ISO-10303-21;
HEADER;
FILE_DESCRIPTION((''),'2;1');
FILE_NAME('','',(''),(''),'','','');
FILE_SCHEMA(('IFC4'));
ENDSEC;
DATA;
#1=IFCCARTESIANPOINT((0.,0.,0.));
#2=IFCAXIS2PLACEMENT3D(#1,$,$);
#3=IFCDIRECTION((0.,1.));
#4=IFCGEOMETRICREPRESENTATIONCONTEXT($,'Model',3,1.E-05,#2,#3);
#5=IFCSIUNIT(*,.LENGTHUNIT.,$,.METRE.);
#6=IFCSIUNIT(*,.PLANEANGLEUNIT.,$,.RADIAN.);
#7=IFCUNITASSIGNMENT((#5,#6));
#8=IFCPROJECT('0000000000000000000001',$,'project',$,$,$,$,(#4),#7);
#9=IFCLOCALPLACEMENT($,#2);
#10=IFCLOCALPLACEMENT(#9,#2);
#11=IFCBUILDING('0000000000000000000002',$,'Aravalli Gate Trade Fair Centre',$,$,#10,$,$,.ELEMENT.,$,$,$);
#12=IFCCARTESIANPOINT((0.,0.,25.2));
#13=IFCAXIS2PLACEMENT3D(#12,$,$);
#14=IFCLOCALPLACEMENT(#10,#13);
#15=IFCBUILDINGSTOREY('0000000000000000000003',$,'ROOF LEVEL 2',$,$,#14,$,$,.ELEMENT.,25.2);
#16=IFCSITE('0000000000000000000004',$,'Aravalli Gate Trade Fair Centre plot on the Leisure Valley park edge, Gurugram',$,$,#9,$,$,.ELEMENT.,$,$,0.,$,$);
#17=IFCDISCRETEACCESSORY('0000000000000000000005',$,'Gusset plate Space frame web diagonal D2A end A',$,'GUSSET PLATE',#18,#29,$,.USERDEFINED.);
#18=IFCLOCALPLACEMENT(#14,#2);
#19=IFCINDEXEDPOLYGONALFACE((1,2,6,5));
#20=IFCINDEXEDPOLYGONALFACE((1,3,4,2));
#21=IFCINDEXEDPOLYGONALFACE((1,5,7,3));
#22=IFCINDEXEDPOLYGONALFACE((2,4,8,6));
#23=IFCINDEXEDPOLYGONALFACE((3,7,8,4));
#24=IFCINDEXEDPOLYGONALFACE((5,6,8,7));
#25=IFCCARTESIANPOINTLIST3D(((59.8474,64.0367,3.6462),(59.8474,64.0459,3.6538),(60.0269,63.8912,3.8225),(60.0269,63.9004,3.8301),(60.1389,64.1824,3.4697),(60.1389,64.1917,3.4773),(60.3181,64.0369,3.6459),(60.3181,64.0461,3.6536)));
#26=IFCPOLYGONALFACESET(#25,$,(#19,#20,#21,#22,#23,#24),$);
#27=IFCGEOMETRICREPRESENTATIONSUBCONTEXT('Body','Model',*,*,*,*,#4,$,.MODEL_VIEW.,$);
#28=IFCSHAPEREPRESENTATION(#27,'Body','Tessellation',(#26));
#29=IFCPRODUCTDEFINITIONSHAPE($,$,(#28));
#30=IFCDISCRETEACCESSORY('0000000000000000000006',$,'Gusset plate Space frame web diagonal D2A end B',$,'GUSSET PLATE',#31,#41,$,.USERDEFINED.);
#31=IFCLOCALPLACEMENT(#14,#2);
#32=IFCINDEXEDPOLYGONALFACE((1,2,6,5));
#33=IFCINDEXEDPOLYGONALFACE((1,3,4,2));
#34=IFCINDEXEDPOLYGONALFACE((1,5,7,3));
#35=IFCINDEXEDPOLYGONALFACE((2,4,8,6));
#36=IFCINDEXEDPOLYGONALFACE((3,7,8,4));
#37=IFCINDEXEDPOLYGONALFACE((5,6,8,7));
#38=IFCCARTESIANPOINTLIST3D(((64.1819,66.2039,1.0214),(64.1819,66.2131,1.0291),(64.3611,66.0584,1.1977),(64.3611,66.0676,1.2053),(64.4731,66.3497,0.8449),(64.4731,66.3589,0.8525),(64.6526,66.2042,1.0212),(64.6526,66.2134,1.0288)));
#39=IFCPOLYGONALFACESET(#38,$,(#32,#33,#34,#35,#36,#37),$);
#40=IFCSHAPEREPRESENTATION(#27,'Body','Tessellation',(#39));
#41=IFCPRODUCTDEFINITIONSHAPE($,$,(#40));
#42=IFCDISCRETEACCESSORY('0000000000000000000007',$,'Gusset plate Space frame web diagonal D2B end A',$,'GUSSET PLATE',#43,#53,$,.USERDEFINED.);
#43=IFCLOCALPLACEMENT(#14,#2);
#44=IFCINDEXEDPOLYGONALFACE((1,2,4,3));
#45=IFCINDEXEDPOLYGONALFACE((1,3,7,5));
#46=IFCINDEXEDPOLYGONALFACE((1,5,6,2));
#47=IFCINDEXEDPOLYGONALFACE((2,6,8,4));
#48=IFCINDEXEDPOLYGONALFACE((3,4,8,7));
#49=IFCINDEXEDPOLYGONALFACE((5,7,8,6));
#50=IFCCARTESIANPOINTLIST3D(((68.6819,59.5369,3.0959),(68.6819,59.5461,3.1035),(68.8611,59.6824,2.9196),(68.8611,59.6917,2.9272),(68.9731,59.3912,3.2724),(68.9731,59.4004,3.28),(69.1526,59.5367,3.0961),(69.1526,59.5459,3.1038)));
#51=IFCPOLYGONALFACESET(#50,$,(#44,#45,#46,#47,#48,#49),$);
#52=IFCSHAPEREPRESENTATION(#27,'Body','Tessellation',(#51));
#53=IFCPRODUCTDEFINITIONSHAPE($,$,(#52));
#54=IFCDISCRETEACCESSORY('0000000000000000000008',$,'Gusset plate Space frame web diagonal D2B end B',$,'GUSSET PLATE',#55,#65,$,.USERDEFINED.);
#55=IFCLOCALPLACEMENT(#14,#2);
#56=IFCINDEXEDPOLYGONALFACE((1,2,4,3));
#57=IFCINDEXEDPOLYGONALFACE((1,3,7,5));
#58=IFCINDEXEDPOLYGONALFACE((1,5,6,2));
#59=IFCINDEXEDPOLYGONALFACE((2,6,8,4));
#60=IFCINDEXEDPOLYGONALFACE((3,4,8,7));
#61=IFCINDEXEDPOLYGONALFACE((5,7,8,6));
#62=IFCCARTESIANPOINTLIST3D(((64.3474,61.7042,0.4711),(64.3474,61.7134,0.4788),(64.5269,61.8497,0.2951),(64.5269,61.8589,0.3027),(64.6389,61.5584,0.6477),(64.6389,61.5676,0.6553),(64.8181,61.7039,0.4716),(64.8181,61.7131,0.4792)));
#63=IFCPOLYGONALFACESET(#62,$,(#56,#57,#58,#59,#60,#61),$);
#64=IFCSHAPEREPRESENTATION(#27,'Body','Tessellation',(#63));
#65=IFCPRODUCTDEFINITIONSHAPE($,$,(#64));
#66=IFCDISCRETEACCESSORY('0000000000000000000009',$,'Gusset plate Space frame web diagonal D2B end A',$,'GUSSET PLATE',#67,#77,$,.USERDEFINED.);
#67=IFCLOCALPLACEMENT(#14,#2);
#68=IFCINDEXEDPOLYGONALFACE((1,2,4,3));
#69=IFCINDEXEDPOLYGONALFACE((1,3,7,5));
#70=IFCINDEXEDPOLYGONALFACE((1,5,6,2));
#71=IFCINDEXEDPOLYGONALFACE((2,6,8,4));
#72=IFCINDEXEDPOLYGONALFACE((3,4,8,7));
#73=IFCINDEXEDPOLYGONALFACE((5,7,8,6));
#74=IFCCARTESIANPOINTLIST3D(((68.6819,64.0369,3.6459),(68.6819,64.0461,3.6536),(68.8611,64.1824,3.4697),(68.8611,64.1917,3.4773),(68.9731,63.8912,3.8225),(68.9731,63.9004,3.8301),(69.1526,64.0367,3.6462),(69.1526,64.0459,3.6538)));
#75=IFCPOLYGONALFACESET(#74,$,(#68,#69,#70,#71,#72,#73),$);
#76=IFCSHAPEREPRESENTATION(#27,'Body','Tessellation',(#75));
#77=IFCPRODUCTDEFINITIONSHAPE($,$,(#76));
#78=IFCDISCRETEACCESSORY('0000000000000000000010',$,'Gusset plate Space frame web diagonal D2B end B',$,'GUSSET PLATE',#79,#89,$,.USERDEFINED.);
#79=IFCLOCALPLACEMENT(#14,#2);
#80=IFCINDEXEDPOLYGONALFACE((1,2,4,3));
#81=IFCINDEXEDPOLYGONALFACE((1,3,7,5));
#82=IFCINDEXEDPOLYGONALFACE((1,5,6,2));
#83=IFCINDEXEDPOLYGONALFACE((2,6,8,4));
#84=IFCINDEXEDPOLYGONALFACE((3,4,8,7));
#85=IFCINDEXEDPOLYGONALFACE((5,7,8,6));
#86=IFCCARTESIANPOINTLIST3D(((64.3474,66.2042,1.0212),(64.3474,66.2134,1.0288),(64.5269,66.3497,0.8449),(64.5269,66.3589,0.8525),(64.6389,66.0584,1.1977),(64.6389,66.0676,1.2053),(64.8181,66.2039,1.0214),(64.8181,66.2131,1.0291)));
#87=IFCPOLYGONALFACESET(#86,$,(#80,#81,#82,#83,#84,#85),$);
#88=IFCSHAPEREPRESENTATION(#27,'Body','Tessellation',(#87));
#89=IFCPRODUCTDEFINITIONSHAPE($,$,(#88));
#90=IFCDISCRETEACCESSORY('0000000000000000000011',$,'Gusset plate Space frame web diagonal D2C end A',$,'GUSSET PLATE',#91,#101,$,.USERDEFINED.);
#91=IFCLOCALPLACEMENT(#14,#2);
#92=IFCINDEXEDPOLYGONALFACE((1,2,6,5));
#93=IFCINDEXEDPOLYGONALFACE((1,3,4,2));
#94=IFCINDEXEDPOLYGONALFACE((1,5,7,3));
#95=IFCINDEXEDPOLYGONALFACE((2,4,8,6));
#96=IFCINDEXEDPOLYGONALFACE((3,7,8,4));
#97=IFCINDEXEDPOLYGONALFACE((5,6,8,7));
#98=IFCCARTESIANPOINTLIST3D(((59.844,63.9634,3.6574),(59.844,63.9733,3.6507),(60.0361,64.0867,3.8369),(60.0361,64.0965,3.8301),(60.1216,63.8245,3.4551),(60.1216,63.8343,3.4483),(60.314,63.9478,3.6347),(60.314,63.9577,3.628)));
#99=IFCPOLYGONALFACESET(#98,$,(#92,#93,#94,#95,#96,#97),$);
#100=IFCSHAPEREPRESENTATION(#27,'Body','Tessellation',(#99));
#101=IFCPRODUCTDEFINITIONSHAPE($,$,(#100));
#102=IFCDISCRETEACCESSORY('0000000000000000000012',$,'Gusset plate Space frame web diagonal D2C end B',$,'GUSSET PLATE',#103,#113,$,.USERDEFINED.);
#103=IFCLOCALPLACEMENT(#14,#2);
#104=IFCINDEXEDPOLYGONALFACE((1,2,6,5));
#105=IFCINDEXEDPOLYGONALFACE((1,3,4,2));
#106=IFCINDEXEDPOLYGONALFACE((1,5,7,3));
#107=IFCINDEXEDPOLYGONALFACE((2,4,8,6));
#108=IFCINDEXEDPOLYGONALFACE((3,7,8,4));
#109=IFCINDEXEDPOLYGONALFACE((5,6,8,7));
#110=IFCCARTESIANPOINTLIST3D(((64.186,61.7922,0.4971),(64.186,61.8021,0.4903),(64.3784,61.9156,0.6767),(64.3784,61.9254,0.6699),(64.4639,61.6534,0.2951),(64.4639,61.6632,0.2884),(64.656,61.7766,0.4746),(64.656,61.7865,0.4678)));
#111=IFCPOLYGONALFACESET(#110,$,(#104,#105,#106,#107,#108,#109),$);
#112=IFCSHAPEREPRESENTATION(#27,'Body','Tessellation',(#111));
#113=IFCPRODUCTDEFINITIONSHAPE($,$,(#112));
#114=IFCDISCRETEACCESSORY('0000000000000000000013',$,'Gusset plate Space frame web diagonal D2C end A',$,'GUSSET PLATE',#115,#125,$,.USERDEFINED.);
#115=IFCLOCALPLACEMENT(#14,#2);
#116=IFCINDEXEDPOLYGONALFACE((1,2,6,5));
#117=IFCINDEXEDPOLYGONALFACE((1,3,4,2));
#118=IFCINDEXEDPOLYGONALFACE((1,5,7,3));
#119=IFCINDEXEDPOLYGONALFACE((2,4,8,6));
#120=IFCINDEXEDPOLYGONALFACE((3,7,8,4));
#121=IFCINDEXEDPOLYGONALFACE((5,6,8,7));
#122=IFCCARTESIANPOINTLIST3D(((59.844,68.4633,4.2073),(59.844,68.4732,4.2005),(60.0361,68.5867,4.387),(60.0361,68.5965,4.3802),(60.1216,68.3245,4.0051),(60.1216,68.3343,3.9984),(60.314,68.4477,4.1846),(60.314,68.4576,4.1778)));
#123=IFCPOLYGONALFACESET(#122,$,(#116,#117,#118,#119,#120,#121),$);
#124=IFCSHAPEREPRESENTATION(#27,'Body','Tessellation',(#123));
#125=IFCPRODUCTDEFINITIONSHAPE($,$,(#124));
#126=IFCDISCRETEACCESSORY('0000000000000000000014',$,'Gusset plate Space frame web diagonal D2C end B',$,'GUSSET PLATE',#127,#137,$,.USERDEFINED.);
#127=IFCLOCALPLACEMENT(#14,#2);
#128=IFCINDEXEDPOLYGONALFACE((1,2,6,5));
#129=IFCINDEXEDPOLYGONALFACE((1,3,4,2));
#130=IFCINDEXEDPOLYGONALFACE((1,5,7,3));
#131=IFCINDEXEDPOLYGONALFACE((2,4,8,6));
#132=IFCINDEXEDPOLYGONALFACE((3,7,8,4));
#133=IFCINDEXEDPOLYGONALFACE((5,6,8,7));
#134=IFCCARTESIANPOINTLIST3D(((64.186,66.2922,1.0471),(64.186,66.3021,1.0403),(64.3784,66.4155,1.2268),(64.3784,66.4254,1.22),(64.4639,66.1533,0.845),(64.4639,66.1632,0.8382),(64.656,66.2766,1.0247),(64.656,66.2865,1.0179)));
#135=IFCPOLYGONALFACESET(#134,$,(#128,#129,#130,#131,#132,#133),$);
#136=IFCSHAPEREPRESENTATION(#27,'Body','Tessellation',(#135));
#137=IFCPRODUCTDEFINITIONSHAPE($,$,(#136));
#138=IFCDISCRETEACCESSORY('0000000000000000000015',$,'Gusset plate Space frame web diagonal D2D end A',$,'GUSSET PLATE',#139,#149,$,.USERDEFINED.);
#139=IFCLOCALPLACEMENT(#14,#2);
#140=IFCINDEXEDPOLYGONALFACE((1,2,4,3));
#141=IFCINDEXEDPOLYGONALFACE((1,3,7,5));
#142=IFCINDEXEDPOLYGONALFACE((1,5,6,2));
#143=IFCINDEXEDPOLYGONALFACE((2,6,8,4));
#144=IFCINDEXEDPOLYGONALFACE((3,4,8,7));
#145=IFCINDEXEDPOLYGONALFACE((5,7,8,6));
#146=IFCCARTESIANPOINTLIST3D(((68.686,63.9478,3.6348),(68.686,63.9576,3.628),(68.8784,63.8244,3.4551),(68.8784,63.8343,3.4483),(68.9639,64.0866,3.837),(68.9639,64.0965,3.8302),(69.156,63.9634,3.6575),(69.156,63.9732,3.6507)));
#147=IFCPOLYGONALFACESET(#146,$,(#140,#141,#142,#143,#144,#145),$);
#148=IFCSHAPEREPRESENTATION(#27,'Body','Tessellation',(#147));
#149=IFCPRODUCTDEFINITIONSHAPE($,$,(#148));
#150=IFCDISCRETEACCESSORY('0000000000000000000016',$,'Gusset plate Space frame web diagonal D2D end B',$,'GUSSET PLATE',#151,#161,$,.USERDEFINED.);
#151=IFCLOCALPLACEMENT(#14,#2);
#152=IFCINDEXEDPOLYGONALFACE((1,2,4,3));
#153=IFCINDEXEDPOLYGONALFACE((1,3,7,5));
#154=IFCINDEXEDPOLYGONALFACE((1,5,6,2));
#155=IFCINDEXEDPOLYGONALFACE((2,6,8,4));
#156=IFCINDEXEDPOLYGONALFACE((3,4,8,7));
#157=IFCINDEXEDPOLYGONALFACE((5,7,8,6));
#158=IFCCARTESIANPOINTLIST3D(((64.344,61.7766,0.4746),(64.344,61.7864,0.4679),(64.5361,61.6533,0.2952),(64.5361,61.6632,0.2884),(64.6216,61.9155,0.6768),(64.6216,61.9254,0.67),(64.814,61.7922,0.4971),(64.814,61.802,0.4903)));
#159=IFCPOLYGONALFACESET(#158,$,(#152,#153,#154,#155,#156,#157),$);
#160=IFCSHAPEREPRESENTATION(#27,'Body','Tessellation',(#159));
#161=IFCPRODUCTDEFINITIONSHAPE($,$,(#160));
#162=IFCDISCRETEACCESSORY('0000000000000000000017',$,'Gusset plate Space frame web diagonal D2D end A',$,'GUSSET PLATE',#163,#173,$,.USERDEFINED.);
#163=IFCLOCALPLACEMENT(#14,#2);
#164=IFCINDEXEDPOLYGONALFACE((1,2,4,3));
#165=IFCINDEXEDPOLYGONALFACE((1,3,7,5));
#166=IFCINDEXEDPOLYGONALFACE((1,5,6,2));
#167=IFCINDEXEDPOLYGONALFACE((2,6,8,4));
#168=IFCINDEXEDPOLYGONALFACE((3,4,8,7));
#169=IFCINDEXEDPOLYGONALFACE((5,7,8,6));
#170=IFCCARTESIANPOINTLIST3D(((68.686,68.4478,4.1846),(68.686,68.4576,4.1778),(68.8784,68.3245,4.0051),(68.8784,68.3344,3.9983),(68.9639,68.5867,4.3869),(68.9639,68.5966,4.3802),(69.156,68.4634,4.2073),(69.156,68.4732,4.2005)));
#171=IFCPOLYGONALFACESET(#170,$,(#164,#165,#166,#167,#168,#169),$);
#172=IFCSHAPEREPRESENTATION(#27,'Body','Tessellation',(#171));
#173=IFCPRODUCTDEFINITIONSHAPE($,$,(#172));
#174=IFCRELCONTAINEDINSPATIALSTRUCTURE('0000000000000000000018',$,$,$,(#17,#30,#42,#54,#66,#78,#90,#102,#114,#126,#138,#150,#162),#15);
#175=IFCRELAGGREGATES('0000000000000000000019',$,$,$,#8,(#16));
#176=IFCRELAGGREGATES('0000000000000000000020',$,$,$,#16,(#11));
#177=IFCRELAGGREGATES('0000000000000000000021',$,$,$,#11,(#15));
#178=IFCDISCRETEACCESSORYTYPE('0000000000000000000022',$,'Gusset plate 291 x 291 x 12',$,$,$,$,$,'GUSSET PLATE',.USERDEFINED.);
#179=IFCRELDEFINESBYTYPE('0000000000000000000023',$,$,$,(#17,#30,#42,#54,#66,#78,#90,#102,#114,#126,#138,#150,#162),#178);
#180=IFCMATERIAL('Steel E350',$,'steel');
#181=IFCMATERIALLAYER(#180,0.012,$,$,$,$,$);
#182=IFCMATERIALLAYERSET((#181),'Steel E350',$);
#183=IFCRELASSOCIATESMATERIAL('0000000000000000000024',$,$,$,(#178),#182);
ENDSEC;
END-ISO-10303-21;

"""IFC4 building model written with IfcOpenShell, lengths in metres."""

from ifc_helpers import new_model, si_unit, direction, frame, origin, place, context, subcontext, project, spatial, polyline, outline, extrude, material, layer, layer_set, type_object, element, save


model = new_model("IFC4")

# Units and contexts
model_context = context("Model", 3, precision=1e-05, world=origin(), true_north=direction((0.0, 1.0)))
body_context = subcontext(model_context, "Body", "Model", "MODEL_VIEW")
ifc_project = project(units=[si_unit("LENGTHUNIT", "METRE"), si_unit("PLANEANGLEUNIT", "RADIAN")], contexts=[model_context])

# Site, building, storey
site_placement = place(None, origin())
site = spatial("IfcSite", under=ifc_project, at=site_placement, Name="Aravalli Gate Trade Fair Centre plot on the Leisure Valley park edge, Gurugram", CompositionType="ELEMENT", RefElevation=0.0)
building_placement = place(site_placement, origin())
building = spatial("IfcBuilding", under=site, at=building_placement, Name="Aravalli Gate Trade Fair Centre", CompositionType="ELEMENT")
storey_placement = place(building_placement, frame((0.0, 0.0, 25.2)))
storey = spatial("IfcBuildingStorey", under=building, at=storey_placement, Name="ROOF LEVEL 2", CompositionType="ELEMENT", Elevation=25.2)

# Shared definitions
ifc_material = material(Name="Steel E350", Category="steel")

# Discrete accessories
ifc_layer = layer(ifc_material, 0.012)
ifc_layer_set = layer_set([ifc_layer], Name="Steel E350")
discrete_accessory_type = type_object("IfcDiscreteAccessoryType", Name="Gusset plate 291 x 291 x 12", ElementType="GUSSET PLATE", PredefinedType="USERDEFINED", material=ifc_layer_set)
discrete_accessory_1_placement = place(storey_placement, frame((60.1389, 64.1917, 3.4773), z_axis=(-0.00007, 0.771155, 0.636648), x_axis=(-0.786484, -0.393242, 0.476238)))
element("IfcDiscreteAccessory", 1, at=discrete_accessory_1_placement, inside=storey, type_object=discrete_accessory_type, Name="Gusset plate Space frame web diagonal D2A end A", ObjectType="GUSSET PLATE", PredefinedType="USERDEFINED", context=body_context, shape_type="SweptSolid", body=[
    extrude(outline(polyline([(0.0, 0.0), (0.3706, 0.0), (0.3707, 0.2906), (0.0002, 0.2904), (0.0, 0.0)])), origin(), (0.0, 0.0, -1.0), 0.012),
])
discrete_accessory_2_placement = place(storey_placement, frame((64.1819, 66.2131, 1.0291), z_axis=(-0.00007, 0.771155, 0.636648), x_axis=(0.786233, 0.393446, -0.476485)))
element("IfcDiscreteAccessory", 2, at=discrete_accessory_2_placement, inside=storey, type_object=discrete_accessory_type, Name="Gusset plate Space frame web diagonal D2A end B", ObjectType="GUSSET PLATE", PredefinedType="USERDEFINED", context=body_context, shape_type="SweptSolid", body=[
    extrude(outline(polyline([(0.0, 0.0), (0.3704, 0.0), (0.3703, -0.2906), (-0.0003, -0.2904), (0.0, 0.0)])), origin(), (0.0, 0.0, -1.0), 0.012),
])
discrete_accessory_3_placement = place(storey_placement, frame((68.6819, 59.5461, 3.1035), z_axis=(0.00007, 0.771155, 0.636648), x_axis=(0.786233, -0.393446, 0.476485)))
element("IfcDiscreteAccessory", 3, at=discrete_accessory_3_placement, inside=storey, type_object=discrete_accessory_type, Name="Gusset plate Space frame web diagonal D2B end A", ObjectType="GUSSET PLATE", PredefinedType="USERDEFINED", context=body_context, shape_type="SweptSolid", body=[
    extrude(outline(polyline([(0.0, 0.0), (0.3704, 0.0), (0.3703, 0.2906), (-0.0003, 0.2904), (0.0, 0.0)])), origin(), (0.0, 0.0, -1.0), 0.012),
])
discrete_accessory_4_placement = place(storey_placement, frame((64.6389, 61.5676, 0.6553), z_axis=(-0.000261, 0.770887, 0.636972), x_axis=(-0.786484, 0.393242, -0.476238)))
element("IfcDiscreteAccessory", 4, at=discrete_accessory_4_placement, inside=storey, type_object=discrete_accessory_type, Name="Gusset plate Space frame web diagonal D2B end B", ObjectType="GUSSET PLATE", PredefinedType="USERDEFINED", context=body_context, shape_type="SweptSolid", body=[
    extrude(outline(polyline([(0.0, 0.0), (0.3706, 0.0), (0.3706, -0.2904), (0.0001, -0.2903), (0.0, 0.0)])), origin(), (0.0, 0.0, -1.0), 0.012),
])
discrete_accessory_5_placement = place(storey_placement, frame((68.6819, 64.0461, 3.6536), z_axis=(0.00007, 0.771155, 0.636648), x_axis=(0.786233, -0.393446, 0.476485)))
element("IfcDiscreteAccessory", 5, at=discrete_accessory_5_placement, inside=storey, type_object=discrete_accessory_type, Name="Gusset plate Space frame web diagonal D2B end A", ObjectType="GUSSET PLATE", PredefinedType="USERDEFINED", context=body_context, shape_type="SweptSolid", body=[
    extrude(outline(polyline([(0.0, 0.0), (0.3704, 0.0), (0.3703, 0.2906), (-0.0003, 0.2904), (0.0, 0.0)])), origin(), (0.0, 0.0, -1.0), 0.012),
])
discrete_accessory_6_placement = place(storey_placement, frame((64.6389, 66.0676, 1.2053), z_axis=(0.00007, 0.771155, 0.636648), x_axis=(-0.786484, 0.393242, -0.476238)))
element("IfcDiscreteAccessory", 6, at=discrete_accessory_6_placement, inside=storey, type_object=discrete_accessory_type, Name="Gusset plate Space frame web diagonal D2B end B", ObjectType="GUSSET PLATE", PredefinedType="USERDEFINED", context=body_context, shape_type="SweptSolid", body=[
    extrude(outline(polyline([(0.0, 0.0), (0.3706, 0.0), (0.3707, -0.2906), (0.0002, -0.2904), (0.0, 0.0)])), origin(), (0.0, 0.0, -1.0), 0.012),
])
discrete_accessory_7_placement = place(storey_placement, frame((60.1216, 63.8245, 3.4551), z_axis=(-0.000059, -0.824356, 0.566072), x_axis=(-0.749102, 0.375034, 0.546073)))
element("IfcDiscreteAccessory", 7, at=discrete_accessory_7_placement, inside=storey, type_object=discrete_accessory_type, Name="Gusset plate Space frame web diagonal D2C end A", ObjectType="GUSSET PLATE", PredefinedType="USERDEFINED", context=body_context, shape_type="SweptSolid", body=[
    extrude(outline(polyline([(0.0, 0.0), (0.3706, 0.0), (0.3709, -0.2904), (0.0002, -0.2907), (0.0, 0.0)])), origin(), (0.0, 0.0, -1.0), 0.012),
])
discrete_accessory_8_placement = place(storey_placement, frame((64.186, 61.7922, 0.4971), z_axis=(-0.000339, -0.824216, 0.566276), x_axis=(0.749929, -0.374811, -0.545089)))
element("IfcDiscreteAccessory", 8, at=discrete_accessory_8_placement, inside=storey, type_object=discrete_accessory_type, Name="Gusset plate Space frame web diagonal D2C end B", ObjectType="GUSSET PLATE", PredefinedType="USERDEFINED", context=body_context, shape_type="SweptSolid", body=[
    extrude(outline(polyline([(0.0, 0.0), (0.3705, 0.0), (0.3705, 0.2904), (0.0001, 0.2907), (0.0, 0.0)])), origin(), (0.0, 0.0, -1.0), 0.012),
])
discrete_accessory_9_placement = place(storey_placement, frame((60.1216, 68.3245, 4.0051), z_axis=(-0.000059, -0.824356, 0.566072), x_axis=(-0.749371, 0.374861, 0.545822)))
element("IfcDiscreteAccessory", 9, at=discrete_accessory_9_placement, inside=storey, type_object=discrete_accessory_type, Name="Gusset plate Space frame web diagonal D2C end A", ObjectType="GUSSET PLATE", PredefinedType="USERDEFINED", context=body_context, shape_type="SweptSolid", body=[
    extrude(outline(polyline([(0.0, 0.0), (0.3704, 0.0), (0.3707, -0.2905), (0.0, -0.2905), (0.0, 0.0)])), origin(), (0.0, 0.0, -1.0), 0.012),
])
discrete_accessory_10_placement = place(storey_placement, frame((64.186, 66.2922, 1.0471), z_axis=(-0.000356, -0.824387, 0.566027), x_axis=(0.74966, -0.37483, -0.545447)))
element("IfcDiscreteAccessory", 10, at=discrete_accessory_10_placement, inside=storey, type_object=discrete_accessory_type, Name="Gusset plate Space frame web diagonal D2C end B", ObjectType="GUSSET PLATE", PredefinedType="USERDEFINED", context=body_context, shape_type="SweptSolid", body=[
    extrude(outline(polyline([(0.0, 0.0), (0.3706, 0.0), (0.3704, 0.2905), (0.0, 0.2907), (0.0, 0.0)])), origin(), (0.0, 0.0, -1.0), 0.012),
])
discrete_accessory_11_placement = place(storey_placement, frame((68.686, 63.9478, 3.6348), z_axis=(0.000059, -0.824356, 0.566072), x_axis=(0.74966, 0.374676, 0.545552)))
element("IfcDiscreteAccessory", 11, at=discrete_accessory_11_placement, inside=storey, type_object=discrete_accessory_type, Name="Gusset plate Space frame web diagonal D2D end A", ObjectType="GUSSET PLATE", PredefinedType="USERDEFINED", context=body_context, shape_type="SweptSolid", body=[
    extrude(outline(polyline([(0.0, 0.0), (0.3706, 0.0), (0.3706, -0.2904), (0.0, -0.2907), (0.0, 0.0)])), origin(), (0.0, 0.0, -1.0), 0.012),
])
discrete_accessory_12_placement = place(storey_placement, frame((64.6216, 61.9155, 0.6768), z_axis=(0.000339, -0.824216, 0.566276), x_axis=(-0.749371, -0.375169, -0.545611)))
element("IfcDiscreteAccessory", 12, at=discrete_accessory_12_placement, inside=storey, type_object=discrete_accessory_type, Name="Gusset plate Space frame web diagonal D2D end B", ObjectType="GUSSET PLATE", PredefinedType="USERDEFINED", context=body_context, shape_type="SweptSolid", body=[
    extrude(outline(polyline([(0.0, 0.0), (0.3704, 0.0), (0.3706, 0.2904), (0.0001, 0.2907), (0.0, 0.0)])), origin(), (0.0, 0.0, -1.0), 0.012),
])
discrete_accessory_13_placement = place(storey_placement, frame((68.686, 68.4478, 4.1846), z_axis=(0.000059, -0.824356, 0.566072), x_axis=(0.749391, 0.374849, 0.545804)))
element("IfcDiscreteAccessory", 13, at=discrete_accessory_13_placement, inside=storey, type_object=discrete_accessory_type, Name="Gusset plate Space frame web diagonal D2D end A", ObjectType="GUSSET PLATE", PredefinedType="USERDEFINED", context=body_context, shape_type="SweptSolid", body=[
    extrude(outline(polyline([(0.0, 0.0), (0.3707, 0.0), (0.3704, -0.2905), (0.0, -0.2905), (0.0, 0.0)])), origin(), (0.0, 0.0, -1.0), 0.012),
])

save(model, "model.ifc")
